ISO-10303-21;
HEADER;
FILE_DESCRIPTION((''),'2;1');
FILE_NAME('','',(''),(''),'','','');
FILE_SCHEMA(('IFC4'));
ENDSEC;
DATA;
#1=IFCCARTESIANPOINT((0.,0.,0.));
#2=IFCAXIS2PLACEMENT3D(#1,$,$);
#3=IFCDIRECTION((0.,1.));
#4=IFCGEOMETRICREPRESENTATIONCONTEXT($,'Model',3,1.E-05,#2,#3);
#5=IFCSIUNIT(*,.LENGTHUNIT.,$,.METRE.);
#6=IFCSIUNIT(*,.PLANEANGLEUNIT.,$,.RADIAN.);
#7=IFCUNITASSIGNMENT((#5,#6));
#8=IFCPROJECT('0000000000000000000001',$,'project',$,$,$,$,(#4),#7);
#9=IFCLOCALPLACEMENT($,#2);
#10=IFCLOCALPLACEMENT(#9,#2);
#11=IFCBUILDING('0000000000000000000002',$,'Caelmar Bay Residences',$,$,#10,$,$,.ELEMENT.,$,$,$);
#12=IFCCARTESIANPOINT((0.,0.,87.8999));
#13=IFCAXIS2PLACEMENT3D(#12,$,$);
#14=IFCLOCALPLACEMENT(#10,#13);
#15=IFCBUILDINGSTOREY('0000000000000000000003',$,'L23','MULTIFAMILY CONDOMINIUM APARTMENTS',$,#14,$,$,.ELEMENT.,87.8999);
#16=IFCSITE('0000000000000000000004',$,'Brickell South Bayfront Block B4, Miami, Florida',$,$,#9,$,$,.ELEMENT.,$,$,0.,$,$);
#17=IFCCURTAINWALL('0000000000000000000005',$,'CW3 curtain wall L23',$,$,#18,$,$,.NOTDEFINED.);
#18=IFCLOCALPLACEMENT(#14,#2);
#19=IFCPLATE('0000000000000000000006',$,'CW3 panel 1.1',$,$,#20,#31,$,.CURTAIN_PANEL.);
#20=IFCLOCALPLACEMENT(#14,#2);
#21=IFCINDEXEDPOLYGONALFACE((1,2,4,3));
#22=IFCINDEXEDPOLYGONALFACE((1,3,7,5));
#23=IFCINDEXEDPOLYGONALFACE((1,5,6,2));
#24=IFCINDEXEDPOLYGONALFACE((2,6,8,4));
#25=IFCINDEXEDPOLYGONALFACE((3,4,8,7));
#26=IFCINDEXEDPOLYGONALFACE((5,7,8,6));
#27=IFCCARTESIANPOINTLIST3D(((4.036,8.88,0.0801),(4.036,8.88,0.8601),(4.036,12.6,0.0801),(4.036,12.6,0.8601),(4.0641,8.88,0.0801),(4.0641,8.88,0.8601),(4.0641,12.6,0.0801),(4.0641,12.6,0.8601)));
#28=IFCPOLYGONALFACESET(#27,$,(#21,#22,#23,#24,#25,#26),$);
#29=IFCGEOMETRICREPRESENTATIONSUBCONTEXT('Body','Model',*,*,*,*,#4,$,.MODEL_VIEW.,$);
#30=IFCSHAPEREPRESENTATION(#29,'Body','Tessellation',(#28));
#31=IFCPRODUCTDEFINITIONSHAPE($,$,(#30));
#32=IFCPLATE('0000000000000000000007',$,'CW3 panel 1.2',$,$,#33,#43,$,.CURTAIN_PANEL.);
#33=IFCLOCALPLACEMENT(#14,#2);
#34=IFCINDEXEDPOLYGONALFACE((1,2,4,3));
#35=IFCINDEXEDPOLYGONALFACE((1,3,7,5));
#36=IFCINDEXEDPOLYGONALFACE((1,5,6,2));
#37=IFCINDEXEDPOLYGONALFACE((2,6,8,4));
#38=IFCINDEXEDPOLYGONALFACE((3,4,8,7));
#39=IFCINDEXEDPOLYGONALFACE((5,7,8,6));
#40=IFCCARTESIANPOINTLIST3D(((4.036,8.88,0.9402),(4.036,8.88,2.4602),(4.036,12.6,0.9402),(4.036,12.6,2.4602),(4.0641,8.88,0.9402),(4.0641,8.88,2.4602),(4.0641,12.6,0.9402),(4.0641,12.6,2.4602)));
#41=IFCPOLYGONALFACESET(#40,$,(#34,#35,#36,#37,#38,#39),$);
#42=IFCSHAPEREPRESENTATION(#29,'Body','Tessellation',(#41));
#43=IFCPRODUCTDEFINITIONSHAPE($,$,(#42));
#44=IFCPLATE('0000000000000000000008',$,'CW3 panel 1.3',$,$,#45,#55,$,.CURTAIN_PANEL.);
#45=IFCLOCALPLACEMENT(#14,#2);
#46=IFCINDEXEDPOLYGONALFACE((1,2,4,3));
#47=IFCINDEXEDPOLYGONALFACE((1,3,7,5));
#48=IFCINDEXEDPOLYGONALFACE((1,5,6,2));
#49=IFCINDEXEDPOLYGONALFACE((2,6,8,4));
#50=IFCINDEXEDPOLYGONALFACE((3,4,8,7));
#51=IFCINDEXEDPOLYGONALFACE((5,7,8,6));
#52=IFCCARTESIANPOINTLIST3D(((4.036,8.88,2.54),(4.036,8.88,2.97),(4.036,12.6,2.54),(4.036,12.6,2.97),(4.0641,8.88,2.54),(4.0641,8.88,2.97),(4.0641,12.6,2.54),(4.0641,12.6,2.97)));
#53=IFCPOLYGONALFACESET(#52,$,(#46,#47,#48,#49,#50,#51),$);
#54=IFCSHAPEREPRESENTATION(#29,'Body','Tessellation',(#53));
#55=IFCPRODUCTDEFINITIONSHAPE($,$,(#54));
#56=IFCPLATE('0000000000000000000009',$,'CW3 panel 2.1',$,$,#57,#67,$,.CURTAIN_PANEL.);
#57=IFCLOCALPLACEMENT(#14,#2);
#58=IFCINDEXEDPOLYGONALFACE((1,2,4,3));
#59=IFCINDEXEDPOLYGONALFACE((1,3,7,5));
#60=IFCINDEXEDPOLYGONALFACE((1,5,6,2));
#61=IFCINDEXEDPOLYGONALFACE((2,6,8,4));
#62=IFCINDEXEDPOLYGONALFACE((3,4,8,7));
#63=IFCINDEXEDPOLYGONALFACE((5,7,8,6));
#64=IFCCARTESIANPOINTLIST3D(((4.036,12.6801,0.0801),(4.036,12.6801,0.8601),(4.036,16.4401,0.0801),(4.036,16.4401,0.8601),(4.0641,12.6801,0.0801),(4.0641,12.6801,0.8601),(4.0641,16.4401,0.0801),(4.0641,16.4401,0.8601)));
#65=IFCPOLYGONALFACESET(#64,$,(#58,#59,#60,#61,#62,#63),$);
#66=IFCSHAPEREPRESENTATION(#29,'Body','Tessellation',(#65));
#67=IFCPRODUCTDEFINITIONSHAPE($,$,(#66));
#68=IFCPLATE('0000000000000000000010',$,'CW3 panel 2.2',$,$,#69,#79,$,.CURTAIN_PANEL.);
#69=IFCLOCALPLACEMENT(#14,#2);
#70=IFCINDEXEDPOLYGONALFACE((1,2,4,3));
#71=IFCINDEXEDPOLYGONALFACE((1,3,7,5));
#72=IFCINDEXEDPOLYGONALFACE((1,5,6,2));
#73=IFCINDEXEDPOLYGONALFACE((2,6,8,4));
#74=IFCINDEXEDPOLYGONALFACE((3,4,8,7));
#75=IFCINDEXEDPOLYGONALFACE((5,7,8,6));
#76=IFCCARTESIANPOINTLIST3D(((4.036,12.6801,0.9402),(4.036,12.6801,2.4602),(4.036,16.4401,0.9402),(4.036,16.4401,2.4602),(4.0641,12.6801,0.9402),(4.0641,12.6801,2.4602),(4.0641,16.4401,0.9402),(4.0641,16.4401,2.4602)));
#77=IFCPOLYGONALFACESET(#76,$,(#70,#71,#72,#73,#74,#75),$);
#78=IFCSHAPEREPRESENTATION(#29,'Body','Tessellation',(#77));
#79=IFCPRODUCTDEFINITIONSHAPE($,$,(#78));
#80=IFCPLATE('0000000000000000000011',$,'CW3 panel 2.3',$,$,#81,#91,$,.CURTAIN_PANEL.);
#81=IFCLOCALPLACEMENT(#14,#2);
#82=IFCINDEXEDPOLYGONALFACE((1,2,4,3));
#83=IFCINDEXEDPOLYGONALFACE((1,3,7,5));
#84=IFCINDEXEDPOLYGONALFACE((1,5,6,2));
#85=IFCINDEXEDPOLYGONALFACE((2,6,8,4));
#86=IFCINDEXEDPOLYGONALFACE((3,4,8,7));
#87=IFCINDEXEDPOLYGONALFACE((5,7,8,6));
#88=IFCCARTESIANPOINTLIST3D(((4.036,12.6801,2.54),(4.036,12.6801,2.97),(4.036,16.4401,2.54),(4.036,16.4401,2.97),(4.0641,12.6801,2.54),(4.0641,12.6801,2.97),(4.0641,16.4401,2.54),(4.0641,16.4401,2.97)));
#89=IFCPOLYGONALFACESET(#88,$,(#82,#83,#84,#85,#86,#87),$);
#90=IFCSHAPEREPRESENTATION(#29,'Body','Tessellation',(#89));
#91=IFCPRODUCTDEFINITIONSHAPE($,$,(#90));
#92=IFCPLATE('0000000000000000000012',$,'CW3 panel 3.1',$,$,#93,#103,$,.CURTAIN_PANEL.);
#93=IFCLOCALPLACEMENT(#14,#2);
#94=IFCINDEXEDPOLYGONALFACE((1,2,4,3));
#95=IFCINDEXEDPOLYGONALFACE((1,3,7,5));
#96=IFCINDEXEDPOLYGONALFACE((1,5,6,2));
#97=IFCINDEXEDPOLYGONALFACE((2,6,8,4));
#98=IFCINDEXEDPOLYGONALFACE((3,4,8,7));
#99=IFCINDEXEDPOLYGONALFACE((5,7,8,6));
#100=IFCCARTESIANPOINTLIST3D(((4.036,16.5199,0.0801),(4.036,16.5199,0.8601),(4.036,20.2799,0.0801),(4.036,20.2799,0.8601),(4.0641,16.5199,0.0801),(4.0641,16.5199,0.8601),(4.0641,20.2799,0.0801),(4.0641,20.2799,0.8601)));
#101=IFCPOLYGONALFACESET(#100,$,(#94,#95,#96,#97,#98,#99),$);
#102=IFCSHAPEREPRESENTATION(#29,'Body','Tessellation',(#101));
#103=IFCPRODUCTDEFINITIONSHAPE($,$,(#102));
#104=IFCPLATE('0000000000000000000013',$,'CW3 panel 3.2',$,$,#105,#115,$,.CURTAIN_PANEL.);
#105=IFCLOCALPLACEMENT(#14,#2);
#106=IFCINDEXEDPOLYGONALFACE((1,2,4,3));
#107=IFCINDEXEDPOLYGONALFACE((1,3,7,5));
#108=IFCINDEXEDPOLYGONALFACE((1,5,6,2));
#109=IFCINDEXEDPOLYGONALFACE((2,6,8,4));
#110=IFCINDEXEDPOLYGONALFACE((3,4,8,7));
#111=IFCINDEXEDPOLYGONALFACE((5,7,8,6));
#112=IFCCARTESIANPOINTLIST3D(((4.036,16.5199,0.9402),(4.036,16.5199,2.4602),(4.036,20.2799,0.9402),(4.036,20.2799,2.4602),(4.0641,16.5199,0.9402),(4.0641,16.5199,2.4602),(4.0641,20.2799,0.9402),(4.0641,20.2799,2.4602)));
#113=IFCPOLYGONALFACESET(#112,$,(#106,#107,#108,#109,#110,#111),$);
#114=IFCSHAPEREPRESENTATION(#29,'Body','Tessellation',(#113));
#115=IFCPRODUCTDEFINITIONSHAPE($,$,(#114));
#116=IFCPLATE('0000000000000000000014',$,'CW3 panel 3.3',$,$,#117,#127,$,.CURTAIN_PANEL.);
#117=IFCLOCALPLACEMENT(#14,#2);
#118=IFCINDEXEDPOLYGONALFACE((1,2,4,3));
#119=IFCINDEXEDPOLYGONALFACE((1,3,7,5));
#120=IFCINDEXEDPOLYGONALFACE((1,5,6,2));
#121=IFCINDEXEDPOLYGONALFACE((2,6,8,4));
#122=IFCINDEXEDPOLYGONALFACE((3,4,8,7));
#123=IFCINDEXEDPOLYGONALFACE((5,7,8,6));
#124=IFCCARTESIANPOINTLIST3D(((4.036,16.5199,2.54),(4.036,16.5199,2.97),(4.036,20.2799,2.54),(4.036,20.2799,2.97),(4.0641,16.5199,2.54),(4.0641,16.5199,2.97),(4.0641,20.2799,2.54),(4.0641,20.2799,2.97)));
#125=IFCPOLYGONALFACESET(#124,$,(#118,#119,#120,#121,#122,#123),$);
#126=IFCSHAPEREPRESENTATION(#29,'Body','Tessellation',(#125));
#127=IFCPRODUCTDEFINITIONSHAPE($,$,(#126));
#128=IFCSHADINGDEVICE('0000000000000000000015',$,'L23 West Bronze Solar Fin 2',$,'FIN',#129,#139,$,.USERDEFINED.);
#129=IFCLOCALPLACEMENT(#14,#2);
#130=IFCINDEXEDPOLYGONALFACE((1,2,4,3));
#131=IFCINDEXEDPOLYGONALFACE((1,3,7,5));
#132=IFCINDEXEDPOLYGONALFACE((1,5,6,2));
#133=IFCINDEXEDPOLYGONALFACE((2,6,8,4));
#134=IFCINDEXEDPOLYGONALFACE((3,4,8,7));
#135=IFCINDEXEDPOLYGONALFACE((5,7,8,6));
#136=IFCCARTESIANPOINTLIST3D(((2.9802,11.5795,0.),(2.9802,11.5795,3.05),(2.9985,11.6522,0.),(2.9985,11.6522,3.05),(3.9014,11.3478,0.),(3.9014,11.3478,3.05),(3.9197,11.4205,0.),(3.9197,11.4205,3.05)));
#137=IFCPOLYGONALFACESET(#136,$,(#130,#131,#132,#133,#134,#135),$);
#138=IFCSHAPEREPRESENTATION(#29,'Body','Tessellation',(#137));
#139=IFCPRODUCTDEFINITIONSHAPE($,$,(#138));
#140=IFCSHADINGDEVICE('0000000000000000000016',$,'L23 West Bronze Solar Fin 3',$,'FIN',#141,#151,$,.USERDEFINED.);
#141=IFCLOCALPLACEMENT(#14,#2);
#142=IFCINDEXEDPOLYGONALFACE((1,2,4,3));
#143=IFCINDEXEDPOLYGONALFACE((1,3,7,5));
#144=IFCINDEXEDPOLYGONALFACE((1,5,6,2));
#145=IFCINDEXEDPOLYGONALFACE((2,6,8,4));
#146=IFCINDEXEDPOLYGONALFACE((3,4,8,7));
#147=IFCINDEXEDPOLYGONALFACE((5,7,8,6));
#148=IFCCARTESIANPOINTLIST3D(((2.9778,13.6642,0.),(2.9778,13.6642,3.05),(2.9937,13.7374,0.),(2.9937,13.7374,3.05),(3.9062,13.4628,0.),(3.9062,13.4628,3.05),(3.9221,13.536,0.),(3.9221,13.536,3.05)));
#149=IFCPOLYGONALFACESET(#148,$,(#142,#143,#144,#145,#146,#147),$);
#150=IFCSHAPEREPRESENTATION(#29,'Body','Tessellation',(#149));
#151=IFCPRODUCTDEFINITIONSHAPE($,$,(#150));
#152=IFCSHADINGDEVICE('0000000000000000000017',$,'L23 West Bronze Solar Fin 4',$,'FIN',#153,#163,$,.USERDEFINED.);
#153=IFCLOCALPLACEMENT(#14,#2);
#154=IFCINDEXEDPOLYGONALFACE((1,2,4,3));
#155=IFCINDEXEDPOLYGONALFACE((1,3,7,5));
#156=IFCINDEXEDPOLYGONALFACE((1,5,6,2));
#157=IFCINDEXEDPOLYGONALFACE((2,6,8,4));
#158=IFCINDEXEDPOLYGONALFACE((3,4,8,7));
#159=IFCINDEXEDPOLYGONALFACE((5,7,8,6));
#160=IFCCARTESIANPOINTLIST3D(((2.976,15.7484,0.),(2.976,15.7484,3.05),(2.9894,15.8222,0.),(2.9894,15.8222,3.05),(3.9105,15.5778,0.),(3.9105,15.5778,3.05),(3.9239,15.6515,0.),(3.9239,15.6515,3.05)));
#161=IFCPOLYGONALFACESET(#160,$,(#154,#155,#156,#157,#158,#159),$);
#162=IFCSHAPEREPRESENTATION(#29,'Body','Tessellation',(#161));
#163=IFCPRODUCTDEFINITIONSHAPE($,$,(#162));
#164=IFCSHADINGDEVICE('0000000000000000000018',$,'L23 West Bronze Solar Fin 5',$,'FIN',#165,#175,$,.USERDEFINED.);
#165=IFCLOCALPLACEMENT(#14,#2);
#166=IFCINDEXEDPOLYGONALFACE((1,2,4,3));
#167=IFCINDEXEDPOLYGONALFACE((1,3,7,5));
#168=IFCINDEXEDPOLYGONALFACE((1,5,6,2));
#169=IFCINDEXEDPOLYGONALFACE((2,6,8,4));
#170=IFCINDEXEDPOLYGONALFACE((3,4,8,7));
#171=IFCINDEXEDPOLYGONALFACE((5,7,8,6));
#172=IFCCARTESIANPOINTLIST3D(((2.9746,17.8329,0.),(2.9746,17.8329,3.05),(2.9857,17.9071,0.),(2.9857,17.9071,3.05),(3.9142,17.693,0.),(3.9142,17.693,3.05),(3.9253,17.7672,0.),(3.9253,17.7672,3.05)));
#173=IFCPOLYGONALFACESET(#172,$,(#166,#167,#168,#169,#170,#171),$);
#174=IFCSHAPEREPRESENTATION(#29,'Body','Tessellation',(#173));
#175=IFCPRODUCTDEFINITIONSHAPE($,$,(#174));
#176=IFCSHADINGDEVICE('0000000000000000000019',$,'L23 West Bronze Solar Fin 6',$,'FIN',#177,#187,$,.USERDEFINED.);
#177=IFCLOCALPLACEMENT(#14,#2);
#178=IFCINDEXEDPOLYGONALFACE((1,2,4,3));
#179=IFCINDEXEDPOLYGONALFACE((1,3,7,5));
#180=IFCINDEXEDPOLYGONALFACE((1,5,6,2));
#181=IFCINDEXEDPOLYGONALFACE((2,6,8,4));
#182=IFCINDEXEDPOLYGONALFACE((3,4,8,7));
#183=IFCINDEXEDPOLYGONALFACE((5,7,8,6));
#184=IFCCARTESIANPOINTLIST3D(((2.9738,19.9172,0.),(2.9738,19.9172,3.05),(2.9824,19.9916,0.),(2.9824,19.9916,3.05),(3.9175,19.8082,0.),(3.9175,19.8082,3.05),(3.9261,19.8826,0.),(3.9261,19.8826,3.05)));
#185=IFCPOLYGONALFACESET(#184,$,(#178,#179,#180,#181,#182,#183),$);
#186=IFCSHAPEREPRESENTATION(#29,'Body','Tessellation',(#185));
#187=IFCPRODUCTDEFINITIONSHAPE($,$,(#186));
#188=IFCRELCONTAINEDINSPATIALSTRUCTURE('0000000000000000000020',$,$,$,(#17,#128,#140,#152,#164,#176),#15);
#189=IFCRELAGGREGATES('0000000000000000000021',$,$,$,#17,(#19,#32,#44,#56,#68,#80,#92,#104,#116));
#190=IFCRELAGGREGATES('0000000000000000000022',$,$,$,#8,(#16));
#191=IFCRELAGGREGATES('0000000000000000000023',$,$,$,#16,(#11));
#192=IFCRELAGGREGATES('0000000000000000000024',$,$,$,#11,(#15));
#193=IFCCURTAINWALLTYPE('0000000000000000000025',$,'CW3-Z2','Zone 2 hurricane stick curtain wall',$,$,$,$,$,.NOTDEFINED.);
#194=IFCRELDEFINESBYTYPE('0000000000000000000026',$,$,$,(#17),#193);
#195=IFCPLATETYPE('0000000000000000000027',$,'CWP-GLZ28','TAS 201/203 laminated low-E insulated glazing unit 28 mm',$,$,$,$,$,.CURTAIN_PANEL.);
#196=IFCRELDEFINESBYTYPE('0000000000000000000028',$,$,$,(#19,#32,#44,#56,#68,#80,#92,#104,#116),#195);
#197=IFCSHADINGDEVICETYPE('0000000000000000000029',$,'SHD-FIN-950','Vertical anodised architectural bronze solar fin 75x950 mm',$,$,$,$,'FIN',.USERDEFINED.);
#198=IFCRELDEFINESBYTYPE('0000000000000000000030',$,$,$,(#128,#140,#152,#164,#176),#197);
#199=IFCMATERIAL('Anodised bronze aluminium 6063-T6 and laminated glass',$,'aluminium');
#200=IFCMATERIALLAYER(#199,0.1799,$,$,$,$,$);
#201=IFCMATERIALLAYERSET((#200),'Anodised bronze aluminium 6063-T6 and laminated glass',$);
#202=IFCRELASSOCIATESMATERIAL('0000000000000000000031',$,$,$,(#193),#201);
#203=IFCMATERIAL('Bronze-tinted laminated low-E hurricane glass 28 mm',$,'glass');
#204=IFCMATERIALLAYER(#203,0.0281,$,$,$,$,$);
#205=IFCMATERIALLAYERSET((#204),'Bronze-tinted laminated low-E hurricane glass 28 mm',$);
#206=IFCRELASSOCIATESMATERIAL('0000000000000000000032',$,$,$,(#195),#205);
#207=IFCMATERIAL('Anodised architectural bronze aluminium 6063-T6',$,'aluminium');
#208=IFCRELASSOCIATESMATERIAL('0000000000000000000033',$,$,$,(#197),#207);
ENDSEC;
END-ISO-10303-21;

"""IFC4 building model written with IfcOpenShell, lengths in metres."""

from ifc_helpers import new_model, si_unit, direction, frame, origin, origin_2d, place, context, subcontext, project, spatial, rectangle, extrude, material, layer, layer_set, material_profile, profile_set, type_object, element, aggregate, save


model = new_model("IFC4")

# Units and contexts
model_context = context("Model", 3, precision=1e-05, world=origin(), true_north=direction((0.0, 1.0)))
body_context = subcontext(model_context, "Body", "Model", "MODEL_VIEW")
ifc_project = project(units=[si_unit("LENGTHUNIT", "METRE"), si_unit("PLANEANGLEUNIT", "RADIAN")], contexts=[model_context])

# Site, building, storey
site_placement = place(None, origin())
site = spatial("IfcSite", under=ifc_project, at=site_placement, Name="Brickell South Bayfront Block B4, Miami, Florida", CompositionType="ELEMENT", RefElevation=0.0)
building_placement = place(site_placement, origin())
building = spatial("IfcBuilding", under=site, at=building_placement, Name="Caelmar Bay Residences", CompositionType="ELEMENT")
storey_placement = place(building_placement, frame((0.0, 0.0, 87.8999)))
storey = spatial("IfcBuildingStorey", under=building, at=storey_placement, Name="L23", Description="MULTIFAMILY CONDOMINIUM APARTMENTS", CompositionType="ELEMENT", Elevation=87.8999)

# Curtain wall, plates
ifc_material_1 = material(Name="Anodised bronze aluminium 6063-T6 and laminated glass", Category="aluminium")
ifc_layer_1 = layer(ifc_material_1, 0.1799)
ifc_layer_set_1 = layer_set([ifc_layer_1], Name="Anodised bronze aluminium 6063-T6 and laminated glass")
curtain_wall_type = type_object("IfcCurtainWallType", Name="CW3-Z2", Description="Zone 2 hurricane stick curtain wall", PredefinedType="NOTDEFINED", material=ifc_layer_set_1)
curtain_wall_placement = place(storey_placement, origin())
curtain_wall = element("IfcCurtainWall", 1, at=curtain_wall_placement, inside=storey, type_object=curtain_wall_type, Name="CW3 curtain wall L23", PredefinedType="NOTDEFINED")
ifc_material_2 = material(Name="Bronze-tinted laminated low-E hurricane glass 28 mm", Category="glass")
ifc_layer_2 = layer(ifc_material_2, 0.0281)
ifc_layer_set_2 = layer_set([ifc_layer_2], Name="Bronze-tinted laminated low-E hurricane glass 28 mm")
plate_type = type_object("IfcPlateType", Name="CWP-GLZ28", Description="TAS 201/203 laminated low-E insulated glazing unit 28 mm", PredefinedType="CURTAIN_PANEL", material=ifc_layer_set_2)
plate_1_placement = place(storey_placement, frame((4.05, 10.74, 0.0801), z_axis=(0.0, 0.0, 1.0), x_axis=(0.0, 1.0, 0.0)))
plate_1 = element("IfcPlate", 2, at=plate_1_placement, type_object=plate_type, Name="CW3 panel 1.1", PredefinedType="CURTAIN_PANEL", context=body_context, shape_type="SweptSolid", body=[
    extrude(rectangle(XDim=3.72, YDim=0.0281, at=origin_2d()), origin(), (0.0, 0.0, 1.0), 0.78),
])
plate_2_placement = place(storey_placement, frame((4.05, 10.74, 0.9402), z_axis=(0.0, 0.0, 1.0), x_axis=(0.0, 1.0, 0.0)))
plate_2 = element("IfcPlate", 3, at=plate_2_placement, type_object=plate_type, Name="CW3 panel 1.2", PredefinedType="CURTAIN_PANEL", context=body_context, shape_type="SweptSolid", body=[
    extrude(rectangle(XDim=3.72, YDim=0.0281, at=origin_2d()), origin(), (0.0, 0.0, 1.0), 1.52),
])
plate_3_placement = place(storey_placement, frame((4.05, 10.74, 2.54), z_axis=(0.0, 0.0, 1.0), x_axis=(0.0, 1.0, 0.0)))
plate_3 = element("IfcPlate", 4, at=plate_3_placement, type_object=plate_type, Name="CW3 panel 1.3", PredefinedType="CURTAIN_PANEL", context=body_context, shape_type="SweptSolid", body=[
    extrude(rectangle(XDim=3.72, YDim=0.0281, at=origin_2d()), origin(), (0.0, 0.0, 1.0), 0.4299),
])
plate_4_placement = place(storey_placement, frame((4.05, 14.5601, 0.0801), z_axis=(0.0, 0.0, 1.0), x_axis=(0.0, 1.0, 0.0)))
plate_4 = element("IfcPlate", 5, at=plate_4_placement, type_object=plate_type, Name="CW3 panel 2.1", PredefinedType="CURTAIN_PANEL", context=body_context, shape_type="SweptSolid", body=[
    extrude(rectangle(XDim=3.76, YDim=0.0281, at=origin_2d()), origin(), (0.0, 0.0, 1.0), 0.78),
])
plate_5_placement = place(storey_placement, frame((4.05, 14.5601, 0.9402), z_axis=(0.0, 0.0, 1.0), x_axis=(0.0, 1.0, 0.0)))
plate_5 = element("IfcPlate", 6, at=plate_5_placement, type_object=plate_type, Name="CW3 panel 2.2", PredefinedType="CURTAIN_PANEL", context=body_context, shape_type="SweptSolid", body=[
    extrude(rectangle(XDim=3.76, YDim=0.0281, at=origin_2d()), origin(), (0.0, 0.0, 1.0), 1.52),
])
plate_6_placement = place(storey_placement, frame((4.05, 14.5601, 2.54), z_axis=(0.0, 0.0, 1.0), x_axis=(0.0, 1.0, 0.0)))
plate_6 = element("IfcPlate", 7, at=plate_6_placement, type_object=plate_type, Name="CW3 panel 2.3", PredefinedType="CURTAIN_PANEL", context=body_context, shape_type="SweptSolid", body=[
    extrude(rectangle(XDim=3.76, YDim=0.0281, at=origin_2d()), origin(), (0.0, 0.0, 1.0), 0.4299),
])
plate_7_placement = place(storey_placement, frame((4.05, 18.3999, 0.0801), z_axis=(0.0, 0.0, 1.0), x_axis=(0.0, 1.0, 0.0)))
plate_7 = element("IfcPlate", 8, at=plate_7_placement, type_object=plate_type, Name="CW3 panel 3.1", PredefinedType="CURTAIN_PANEL", context=body_context, shape_type="SweptSolid", body=[
    extrude(rectangle(XDim=3.76, YDim=0.0281, at=origin_2d()), origin(), (0.0, 0.0, 1.0), 0.78),
])
plate_8_placement = place(storey_placement, frame((4.05, 18.3999, 0.9402), z_axis=(0.0, 0.0, 1.0), x_axis=(0.0, 1.0, 0.0)))
plate_8 = element("IfcPlate", 9, at=plate_8_placement, type_object=plate_type, Name="CW3 panel 3.2", PredefinedType="CURTAIN_PANEL", context=body_context, shape_type="SweptSolid", body=[
    extrude(rectangle(XDim=3.76, YDim=0.0281, at=origin_2d()), origin(), (0.0, 0.0, 1.0), 1.52),
])
plate_9_placement = place(storey_placement, frame((4.05, 18.3999, 2.54), z_axis=(0.0, 0.0, 1.0), x_axis=(0.0, 1.0, 0.0)))
plate_9 = element("IfcPlate", 10, at=plate_9_placement, type_object=plate_type, Name="CW3 panel 3.3", PredefinedType="CURTAIN_PANEL", context=body_context, shape_type="SweptSolid", body=[
    extrude(rectangle(XDim=3.76, YDim=0.0281, at=origin_2d()), origin(), (0.0, 0.0, 1.0), 0.4299),
])
aggregate(curtain_wall, [plate_1, plate_2, plate_3, plate_4, plate_5, plate_6, plate_7, plate_8, plate_9])

# Shading devices
ifc_material_3 = material(Name="Anodised architectural bronze aluminium 6063-T6", Category="aluminium")
ifc_material_profile_1 = material_profile(ifc_material_3, rectangle(XDim=0.075, YDim=0.95, at=origin_2d()), Name="BRONZE-FIN-75X950")
ifc_profile_set_1 = profile_set([ifc_material_profile_1], Name="Anodised architectural bronze aluminium 6063-T6")
shading_device_type = type_object("IfcShadingDeviceType", Name="SHD-FIN-950", Description="Vertical anodised architectural bronze solar fin 75x950 mm", ElementType="FIN", PredefinedType="USERDEFINED", material=ifc_profile_set_1)
for number, where, z_axis, x_axis, name in (
    (11, (3.45, 11.5, 0.0), (0.0, 0.0, 1.0), (0.243954, 0.969787, 0.0), "L23 West Bronze Solar Fin 2"),
    (12, (3.45, 13.6001, 0.0), (0.0, 0.0, 1.0), (0.212007, 0.977268, 0.0), "L23 West Bronze Solar Fin 3"),
    (13, (3.45, 15.7, 0.0), (0.0, 0.0, 1.0), (0.179661, 0.983729, 0.0), "L23 West Bronze Solar Fin 4"),
    (14, (3.45, 17.8, 0.0), (0.0, 0.0, 1.0), (0.147292, 0.989093, 0.0), "L23 West Bronze Solar Fin 5"),
    (15, (3.45, 19.8999, 0.0), (0.0, 0.0, 1.0), (0.114764, 0.993393, 0.0), "L23 West Bronze Solar Fin 6"),
):
    element("IfcShadingDevice", number, at=place(storey_placement, frame(where, z_axis=z_axis, x_axis=x_axis)), inside=storey, type_object=shading_device_type, Name=name, ObjectType="FIN", PredefinedType="USERDEFINED", context=body_context, shape_type="SweptSolid", body=[
        extrude(rectangle(XDim=0.075, YDim=0.95, at=origin_2d()), origin(), (0.0, 0.0, 1.0), 3.05),
    ])

save(model, "model.ifc")
